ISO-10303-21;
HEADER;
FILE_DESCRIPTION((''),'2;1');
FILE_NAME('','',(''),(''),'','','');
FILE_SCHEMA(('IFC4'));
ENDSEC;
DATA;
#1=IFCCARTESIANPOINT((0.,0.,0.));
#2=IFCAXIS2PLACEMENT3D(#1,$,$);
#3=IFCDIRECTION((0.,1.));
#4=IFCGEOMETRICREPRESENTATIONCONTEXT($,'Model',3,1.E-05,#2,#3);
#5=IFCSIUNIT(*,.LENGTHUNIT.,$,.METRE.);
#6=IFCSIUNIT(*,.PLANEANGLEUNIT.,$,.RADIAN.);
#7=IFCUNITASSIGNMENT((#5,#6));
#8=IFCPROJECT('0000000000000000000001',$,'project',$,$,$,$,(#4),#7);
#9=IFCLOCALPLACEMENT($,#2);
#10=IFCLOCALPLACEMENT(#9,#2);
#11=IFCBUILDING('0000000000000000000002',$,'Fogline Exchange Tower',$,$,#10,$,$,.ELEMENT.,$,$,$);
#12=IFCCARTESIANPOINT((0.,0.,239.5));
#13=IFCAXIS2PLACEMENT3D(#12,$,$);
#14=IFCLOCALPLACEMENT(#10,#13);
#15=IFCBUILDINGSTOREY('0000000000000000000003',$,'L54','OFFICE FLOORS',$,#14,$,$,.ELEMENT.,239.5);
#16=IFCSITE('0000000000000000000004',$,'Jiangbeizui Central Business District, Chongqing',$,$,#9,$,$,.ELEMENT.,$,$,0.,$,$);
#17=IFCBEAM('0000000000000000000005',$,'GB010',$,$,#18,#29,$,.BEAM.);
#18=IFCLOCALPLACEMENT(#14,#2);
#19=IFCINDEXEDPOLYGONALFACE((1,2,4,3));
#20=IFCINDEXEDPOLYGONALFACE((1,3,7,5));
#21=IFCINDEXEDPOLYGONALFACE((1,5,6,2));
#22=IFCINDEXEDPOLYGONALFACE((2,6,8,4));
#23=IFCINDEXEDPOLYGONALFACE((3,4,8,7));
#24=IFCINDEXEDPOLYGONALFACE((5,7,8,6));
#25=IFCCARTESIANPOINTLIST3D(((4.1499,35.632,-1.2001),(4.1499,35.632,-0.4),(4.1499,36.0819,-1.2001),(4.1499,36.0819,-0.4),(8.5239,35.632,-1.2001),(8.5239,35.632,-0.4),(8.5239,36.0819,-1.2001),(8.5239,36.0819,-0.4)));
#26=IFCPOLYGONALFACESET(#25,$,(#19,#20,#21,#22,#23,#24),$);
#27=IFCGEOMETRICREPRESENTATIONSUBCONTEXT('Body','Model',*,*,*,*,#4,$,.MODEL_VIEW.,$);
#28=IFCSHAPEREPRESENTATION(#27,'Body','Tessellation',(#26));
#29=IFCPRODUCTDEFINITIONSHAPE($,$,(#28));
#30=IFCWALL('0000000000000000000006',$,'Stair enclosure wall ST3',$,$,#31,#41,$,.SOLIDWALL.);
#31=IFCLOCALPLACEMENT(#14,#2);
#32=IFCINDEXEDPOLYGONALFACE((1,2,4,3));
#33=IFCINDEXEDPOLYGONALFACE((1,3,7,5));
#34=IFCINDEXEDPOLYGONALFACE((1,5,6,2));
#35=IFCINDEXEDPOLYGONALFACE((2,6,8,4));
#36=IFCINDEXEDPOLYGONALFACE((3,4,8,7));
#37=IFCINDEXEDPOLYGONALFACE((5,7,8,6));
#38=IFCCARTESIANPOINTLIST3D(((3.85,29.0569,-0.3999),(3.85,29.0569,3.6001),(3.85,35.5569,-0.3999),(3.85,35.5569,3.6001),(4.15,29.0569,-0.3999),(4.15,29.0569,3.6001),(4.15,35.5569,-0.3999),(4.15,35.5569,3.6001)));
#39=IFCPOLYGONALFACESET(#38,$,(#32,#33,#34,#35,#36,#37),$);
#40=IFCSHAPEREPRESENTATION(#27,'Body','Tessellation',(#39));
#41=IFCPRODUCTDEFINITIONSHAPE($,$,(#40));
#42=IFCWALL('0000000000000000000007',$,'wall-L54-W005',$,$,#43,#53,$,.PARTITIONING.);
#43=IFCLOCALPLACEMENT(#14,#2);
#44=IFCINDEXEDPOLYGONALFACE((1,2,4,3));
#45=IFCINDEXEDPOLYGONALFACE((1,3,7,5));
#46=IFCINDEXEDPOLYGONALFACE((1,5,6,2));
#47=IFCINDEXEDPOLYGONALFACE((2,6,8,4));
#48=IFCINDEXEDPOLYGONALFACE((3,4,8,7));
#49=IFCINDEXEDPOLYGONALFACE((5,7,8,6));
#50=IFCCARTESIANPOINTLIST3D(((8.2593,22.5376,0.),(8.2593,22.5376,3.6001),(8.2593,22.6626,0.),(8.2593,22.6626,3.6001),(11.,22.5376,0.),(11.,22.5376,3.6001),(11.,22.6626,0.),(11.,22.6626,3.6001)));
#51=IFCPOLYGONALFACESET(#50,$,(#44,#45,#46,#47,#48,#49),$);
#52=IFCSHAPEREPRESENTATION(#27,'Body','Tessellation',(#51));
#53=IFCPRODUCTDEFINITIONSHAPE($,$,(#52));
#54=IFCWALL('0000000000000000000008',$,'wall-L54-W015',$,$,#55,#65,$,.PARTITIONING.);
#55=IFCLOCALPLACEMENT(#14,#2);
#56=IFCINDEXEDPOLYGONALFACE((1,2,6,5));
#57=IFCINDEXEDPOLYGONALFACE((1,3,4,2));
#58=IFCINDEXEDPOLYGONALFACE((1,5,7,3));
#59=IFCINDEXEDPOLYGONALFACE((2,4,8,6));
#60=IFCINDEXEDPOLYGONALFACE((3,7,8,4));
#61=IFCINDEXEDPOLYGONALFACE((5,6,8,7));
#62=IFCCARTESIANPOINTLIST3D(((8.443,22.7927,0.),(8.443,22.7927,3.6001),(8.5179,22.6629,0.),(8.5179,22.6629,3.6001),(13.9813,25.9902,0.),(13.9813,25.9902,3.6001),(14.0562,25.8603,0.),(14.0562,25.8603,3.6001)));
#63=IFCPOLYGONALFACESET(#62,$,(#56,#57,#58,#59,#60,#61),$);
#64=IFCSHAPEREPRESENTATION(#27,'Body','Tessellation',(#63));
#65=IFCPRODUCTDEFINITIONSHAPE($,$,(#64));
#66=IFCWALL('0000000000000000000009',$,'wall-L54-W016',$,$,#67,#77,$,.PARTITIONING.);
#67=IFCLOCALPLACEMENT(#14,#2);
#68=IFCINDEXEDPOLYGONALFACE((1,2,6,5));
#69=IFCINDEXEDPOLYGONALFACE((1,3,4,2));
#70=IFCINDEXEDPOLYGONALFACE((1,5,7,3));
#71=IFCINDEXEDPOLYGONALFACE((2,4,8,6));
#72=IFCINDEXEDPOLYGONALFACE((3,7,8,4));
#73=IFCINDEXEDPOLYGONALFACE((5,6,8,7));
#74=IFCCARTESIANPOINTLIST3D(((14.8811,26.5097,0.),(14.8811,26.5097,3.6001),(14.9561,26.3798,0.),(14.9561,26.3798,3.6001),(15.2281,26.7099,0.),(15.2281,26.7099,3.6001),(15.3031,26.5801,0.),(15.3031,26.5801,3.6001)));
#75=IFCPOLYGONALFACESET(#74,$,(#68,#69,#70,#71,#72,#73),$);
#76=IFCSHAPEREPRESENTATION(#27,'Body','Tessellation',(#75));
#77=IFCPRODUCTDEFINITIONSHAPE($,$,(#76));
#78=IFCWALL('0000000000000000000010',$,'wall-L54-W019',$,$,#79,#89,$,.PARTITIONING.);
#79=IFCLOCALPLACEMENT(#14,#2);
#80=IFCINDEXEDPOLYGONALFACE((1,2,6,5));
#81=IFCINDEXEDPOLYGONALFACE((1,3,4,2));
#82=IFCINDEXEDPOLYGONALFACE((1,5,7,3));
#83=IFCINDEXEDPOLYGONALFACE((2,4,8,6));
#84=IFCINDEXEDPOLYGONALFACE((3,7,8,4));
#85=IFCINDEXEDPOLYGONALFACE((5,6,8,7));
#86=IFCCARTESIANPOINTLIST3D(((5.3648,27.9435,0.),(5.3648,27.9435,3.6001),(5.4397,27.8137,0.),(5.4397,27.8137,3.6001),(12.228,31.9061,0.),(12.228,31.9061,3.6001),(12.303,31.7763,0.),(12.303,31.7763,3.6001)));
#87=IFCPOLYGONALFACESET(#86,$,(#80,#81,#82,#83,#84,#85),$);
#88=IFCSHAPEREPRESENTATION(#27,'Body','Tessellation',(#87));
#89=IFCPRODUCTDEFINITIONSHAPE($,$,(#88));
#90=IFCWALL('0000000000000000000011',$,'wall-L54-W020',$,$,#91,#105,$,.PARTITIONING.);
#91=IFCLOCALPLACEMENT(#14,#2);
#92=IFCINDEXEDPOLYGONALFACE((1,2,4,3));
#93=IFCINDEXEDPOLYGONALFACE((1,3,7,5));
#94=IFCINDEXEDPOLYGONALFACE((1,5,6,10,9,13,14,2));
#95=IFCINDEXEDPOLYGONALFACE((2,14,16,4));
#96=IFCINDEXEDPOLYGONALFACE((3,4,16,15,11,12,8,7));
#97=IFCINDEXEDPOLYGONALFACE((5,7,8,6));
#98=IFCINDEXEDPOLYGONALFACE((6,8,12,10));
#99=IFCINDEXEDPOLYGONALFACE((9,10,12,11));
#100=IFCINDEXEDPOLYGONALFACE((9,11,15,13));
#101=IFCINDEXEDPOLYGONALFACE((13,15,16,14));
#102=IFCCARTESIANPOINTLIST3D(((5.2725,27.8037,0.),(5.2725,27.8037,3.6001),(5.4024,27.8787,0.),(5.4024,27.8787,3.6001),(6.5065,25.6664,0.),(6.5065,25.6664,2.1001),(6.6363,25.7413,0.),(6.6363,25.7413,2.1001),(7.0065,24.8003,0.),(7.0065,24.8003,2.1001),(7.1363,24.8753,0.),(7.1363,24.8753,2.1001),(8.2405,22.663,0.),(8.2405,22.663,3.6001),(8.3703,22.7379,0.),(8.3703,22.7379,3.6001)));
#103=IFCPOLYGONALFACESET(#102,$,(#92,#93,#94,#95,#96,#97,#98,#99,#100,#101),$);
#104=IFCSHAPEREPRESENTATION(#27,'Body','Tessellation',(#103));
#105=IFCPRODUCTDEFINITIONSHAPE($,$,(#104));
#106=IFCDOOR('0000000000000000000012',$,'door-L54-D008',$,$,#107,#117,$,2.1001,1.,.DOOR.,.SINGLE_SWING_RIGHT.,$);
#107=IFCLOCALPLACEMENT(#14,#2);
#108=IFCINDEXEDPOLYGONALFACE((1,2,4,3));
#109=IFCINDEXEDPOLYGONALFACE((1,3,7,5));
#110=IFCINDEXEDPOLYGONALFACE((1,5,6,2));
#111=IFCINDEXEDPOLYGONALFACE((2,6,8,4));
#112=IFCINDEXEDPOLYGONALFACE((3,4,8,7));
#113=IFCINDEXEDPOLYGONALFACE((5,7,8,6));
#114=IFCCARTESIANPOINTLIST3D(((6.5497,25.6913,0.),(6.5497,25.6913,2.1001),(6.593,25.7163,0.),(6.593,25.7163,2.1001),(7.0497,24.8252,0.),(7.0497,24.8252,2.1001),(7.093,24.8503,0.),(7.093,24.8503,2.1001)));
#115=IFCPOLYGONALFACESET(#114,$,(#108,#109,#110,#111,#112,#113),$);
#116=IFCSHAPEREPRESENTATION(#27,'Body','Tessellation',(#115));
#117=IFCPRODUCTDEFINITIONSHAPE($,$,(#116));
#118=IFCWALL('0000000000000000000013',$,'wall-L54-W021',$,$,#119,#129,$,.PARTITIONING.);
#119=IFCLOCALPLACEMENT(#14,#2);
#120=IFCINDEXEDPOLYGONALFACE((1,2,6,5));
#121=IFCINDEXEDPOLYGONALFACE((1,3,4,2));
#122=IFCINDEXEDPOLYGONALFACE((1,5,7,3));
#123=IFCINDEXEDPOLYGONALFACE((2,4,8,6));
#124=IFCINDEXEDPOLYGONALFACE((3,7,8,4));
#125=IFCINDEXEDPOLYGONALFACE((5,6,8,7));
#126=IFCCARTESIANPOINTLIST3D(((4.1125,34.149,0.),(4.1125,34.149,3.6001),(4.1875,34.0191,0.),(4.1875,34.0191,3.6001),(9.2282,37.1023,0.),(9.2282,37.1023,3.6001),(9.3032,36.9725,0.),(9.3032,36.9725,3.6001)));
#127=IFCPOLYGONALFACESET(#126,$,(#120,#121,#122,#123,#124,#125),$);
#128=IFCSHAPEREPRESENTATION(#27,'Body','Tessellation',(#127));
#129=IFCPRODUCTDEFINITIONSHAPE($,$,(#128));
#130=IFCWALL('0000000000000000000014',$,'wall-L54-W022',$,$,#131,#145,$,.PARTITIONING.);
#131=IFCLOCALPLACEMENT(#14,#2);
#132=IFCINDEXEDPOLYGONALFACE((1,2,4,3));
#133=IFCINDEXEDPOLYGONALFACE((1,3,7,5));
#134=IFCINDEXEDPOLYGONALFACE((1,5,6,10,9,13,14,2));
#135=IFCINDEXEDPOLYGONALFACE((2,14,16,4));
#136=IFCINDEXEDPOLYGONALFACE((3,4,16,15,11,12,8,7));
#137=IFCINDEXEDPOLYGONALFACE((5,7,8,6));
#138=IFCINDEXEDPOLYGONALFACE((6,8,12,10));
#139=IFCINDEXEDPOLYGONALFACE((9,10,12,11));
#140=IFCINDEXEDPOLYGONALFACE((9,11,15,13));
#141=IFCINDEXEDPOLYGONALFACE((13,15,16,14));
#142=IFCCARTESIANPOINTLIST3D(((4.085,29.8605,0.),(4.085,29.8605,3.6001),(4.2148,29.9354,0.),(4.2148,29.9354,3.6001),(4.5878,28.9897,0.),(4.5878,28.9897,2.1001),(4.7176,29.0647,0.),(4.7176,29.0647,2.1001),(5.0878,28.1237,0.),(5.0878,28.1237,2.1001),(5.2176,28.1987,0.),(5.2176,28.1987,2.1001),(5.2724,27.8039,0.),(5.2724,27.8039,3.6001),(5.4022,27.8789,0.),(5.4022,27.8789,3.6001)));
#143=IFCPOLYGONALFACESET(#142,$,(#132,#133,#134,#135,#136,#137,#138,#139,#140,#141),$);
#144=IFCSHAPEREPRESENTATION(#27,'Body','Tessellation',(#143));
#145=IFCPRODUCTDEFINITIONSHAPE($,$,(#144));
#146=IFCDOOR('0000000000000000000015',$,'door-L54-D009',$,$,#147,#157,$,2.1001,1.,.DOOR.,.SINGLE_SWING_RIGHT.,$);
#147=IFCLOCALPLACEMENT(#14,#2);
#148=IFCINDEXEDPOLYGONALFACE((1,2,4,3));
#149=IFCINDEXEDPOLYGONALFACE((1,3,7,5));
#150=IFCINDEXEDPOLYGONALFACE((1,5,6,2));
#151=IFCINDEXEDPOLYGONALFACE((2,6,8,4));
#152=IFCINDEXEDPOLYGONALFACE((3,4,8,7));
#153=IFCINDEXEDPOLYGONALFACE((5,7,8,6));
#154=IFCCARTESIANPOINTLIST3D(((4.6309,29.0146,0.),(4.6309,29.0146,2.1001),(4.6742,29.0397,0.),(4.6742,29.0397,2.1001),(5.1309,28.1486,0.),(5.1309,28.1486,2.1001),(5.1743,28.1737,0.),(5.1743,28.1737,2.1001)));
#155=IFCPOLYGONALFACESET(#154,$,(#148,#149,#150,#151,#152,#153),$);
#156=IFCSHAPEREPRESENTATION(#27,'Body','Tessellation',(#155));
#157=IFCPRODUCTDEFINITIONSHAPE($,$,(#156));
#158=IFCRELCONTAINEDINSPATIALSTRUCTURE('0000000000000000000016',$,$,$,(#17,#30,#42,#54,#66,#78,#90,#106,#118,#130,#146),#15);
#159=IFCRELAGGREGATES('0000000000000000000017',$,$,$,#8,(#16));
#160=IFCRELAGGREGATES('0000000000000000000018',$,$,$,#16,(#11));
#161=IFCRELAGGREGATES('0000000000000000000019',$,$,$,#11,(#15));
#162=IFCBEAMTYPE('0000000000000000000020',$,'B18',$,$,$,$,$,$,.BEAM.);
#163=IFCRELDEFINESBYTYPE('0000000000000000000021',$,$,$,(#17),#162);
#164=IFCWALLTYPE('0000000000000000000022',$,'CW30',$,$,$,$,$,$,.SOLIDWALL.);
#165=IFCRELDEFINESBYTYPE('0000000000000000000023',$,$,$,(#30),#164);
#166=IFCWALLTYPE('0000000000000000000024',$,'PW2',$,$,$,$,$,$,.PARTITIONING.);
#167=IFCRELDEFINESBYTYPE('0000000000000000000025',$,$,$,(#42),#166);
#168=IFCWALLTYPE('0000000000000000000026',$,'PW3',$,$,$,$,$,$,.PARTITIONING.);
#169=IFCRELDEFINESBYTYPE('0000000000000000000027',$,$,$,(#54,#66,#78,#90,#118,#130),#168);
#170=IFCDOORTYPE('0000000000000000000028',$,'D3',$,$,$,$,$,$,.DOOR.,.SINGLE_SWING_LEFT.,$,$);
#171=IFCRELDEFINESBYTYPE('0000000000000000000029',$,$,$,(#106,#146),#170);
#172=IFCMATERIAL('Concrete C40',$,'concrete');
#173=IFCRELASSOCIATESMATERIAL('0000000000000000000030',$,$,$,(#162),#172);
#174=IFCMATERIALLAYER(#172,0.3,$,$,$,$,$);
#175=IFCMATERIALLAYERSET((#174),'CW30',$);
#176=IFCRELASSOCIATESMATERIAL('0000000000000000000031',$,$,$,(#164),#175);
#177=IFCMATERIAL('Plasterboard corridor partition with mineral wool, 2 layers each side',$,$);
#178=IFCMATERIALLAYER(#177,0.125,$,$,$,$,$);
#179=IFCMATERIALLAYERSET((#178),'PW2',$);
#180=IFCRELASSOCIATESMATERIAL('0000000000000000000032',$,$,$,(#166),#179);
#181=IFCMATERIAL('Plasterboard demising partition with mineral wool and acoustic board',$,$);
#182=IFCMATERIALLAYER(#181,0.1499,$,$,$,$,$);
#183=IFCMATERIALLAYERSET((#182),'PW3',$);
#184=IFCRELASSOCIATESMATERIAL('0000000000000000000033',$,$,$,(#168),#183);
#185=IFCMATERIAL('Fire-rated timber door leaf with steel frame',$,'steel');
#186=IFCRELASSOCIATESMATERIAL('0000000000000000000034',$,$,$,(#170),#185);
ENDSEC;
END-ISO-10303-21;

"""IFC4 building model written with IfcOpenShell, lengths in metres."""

from ifc_helpers import new_model, si_unit, direction, frame, frame_2d, origin, origin_2d, place, context, subcontext, project, spatial, rectangle, extrude, material, layer, layer_set, material_profile, profile_set, type_object, element, fill, save


model = new_model("IFC4")

# Units and contexts
model_context = context("Model", 3, precision=1e-05, world=origin(), true_north=direction((0.0, 1.0)))
body_context = subcontext(model_context, "Body", "Model", "MODEL_VIEW")
ifc_project = project(units=[si_unit("LENGTHUNIT", "METRE"), si_unit("PLANEANGLEUNIT", "RADIAN")], contexts=[model_context])

# Site, building, storey
site_placement = place(None, origin())
site = spatial("IfcSite", under=ifc_project, at=site_placement, Name="Jiangbeizui Central Business District, Chongqing", CompositionType="ELEMENT", RefElevation=0.0)
building_placement = place(site_placement, origin())
building = spatial("IfcBuilding", under=site, at=building_placement, Name="Fogline Exchange Tower", CompositionType="ELEMENT")
storey_placement = place(building_placement, frame((0.0, 0.0, 239.5)))
storey = spatial("IfcBuildingStorey", under=building, at=storey_placement, Name="L54", Description="OFFICE FLOORS", CompositionType="ELEMENT", Elevation=239.5)

# Beam
ifc_material_1 = material(Name="Concrete C40", Category="concrete")
ifc_material_profile_1 = material_profile(ifc_material_1, rectangle(XDim=0.45, YDim=0.8, at=origin_2d()), Name="RC 450x800")
ifc_profile_set_1 = profile_set([ifc_material_profile_1], Name="Concrete C40")
beam_type_1 = type_object("IfcBeamType", Name="B18", PredefinedType="BEAM", material=ifc_profile_set_1)
beam_1_placement = place(storey_placement, frame((4.1499, 35.8569, -0.8), z_axis=(1.0, 0.0, 0.0), x_axis=(0.0, 1.0, 0.0)))
element("IfcBeam", 1, at=beam_1_placement, inside=storey, type_object=beam_type_1, Name="GB010", PredefinedType="BEAM", context=body_context, shape_type="SweptSolid", body=[
    extrude(rectangle(XDim=0.45, YDim=0.8, at=origin_2d()), origin(), (0.0, 0.0, 1.0), 4.374),
])

# Wall
ifc_layer_1 = layer(ifc_material_1, 0.3)
ifc_layer_set_1 = layer_set([ifc_layer_1], Name="CW30")
wall_type_1 = type_object("IfcWallType", Name="CW30", PredefinedType="SOLIDWALL", material=ifc_layer_set_1)
wall_1_placement = place(storey_placement, frame((4.0, 29.0569, -0.3999), z_axis=(0.0, 0.0, 1.0), x_axis=(0.0, 1.0, 0.0)))
element("IfcWall", 2, at=wall_1_placement, inside=storey, type_object=wall_type_1, Name="Stair enclosure wall ST3", PredefinedType="SOLIDWALL", context=body_context, shape_type="SweptSolid", body=[
    extrude(rectangle(XDim=6.5, YDim=0.3, at=frame_2d((3.25, 0.0))), origin(), (0.0, 0.0, 1.0), 4.0),
])

# Walls
ifc_material_2 = material(Name="Plasterboard corridor partition with mineral wool, 2 layers each side")
ifc_layer_2 = layer(ifc_material_2, 0.125)
ifc_layer_set_2 = layer_set([ifc_layer_2], Name="PW2")
wall_type_2 = type_object("IfcWallType", Name="PW2", PredefinedType="PARTITIONING", material=ifc_layer_set_2)
wall_2_placement = place(storey_placement, frame((8.2593, 22.6001, 0.0), z_axis=(0.0, 0.0, 1.0), x_axis=(1.0, 0.0, 0.0)))
element("IfcWall", 3, at=wall_2_placement, inside=storey, type_object=wall_type_2, Name="wall-L54-W005", PredefinedType="PARTITIONING", context=body_context, shape_type="SweptSolid", body=[
    extrude(rectangle(XDim=2.7407, YDim=0.125, at=frame_2d((1.3704, 0.0))), origin(), (0.0, 0.0, 1.0), 3.6001),
])
ifc_material_3 = material(Name="Plasterboard demising partition with mineral wool and acoustic board")
ifc_layer_3 = layer(ifc_material_3, 0.1499)
ifc_layer_set_3 = layer_set([ifc_layer_3], Name="PW3")
wall_type_3 = type_object("IfcWallType", Name="PW3", PredefinedType="PARTITIONING", material=ifc_layer_set_3)
wall_3_placement = place(storey_placement, frame((8.4805, 22.7278, 0.0), z_axis=(0.0, 0.0, 1.0), x_axis=(0.866029, 0.499995, 0.0)))
element("IfcWall", 4, at=wall_3_placement, inside=storey, type_object=wall_type_3, Name="wall-L54-W015", PredefinedType="PARTITIONING", context=body_context, shape_type="SweptSolid", body=[
    extrude(rectangle(XDim=6.395, YDim=0.1499, at=frame_2d((3.1975, 0.0))), origin(), (0.0, 0.0, 1.0), 3.6001),
])
wall_4_placement = place(storey_placement, frame((14.9187, 26.4448, 0.0), z_axis=(0.0, 0.0, 1.0), x_axis=(0.866135, 0.49981, 0.0)))
element("IfcWall", 5, at=wall_4_placement, inside=storey, type_object=wall_type_3, Name="wall-L54-W016", PredefinedType="PARTITIONING", context=body_context, shape_type="SweptSolid", body=[
    extrude(rectangle(XDim=0.4006, YDim=0.1499, at=frame_2d((0.2002, 0.0))), origin(), (0.0, 0.0, 1.0), 3.6001),
])
wall_5_placement = place(storey_placement, frame((5.4023, 27.8787, 0.0), z_axis=(0.0, 0.0, 1.0), x_axis=(0.866018, 0.500012, 0.0)))
element("IfcWall", 6, at=wall_5_placement, inside=storey, type_object=wall_type_3, Name="wall-L54-W019", PredefinedType="PARTITIONING", context=body_context, shape_type="SweptSolid", body=[
    extrude(rectangle(XDim=7.925, YDim=0.1499, at=frame_2d((3.9624, 0.0))), origin(), (0.0, 0.0, 1.0), 3.6001),
])

# Wall, opening, door
wall_6_placement = place(storey_placement, frame((8.3054, 22.7004, 0.0), z_axis=(0.0, 0.0, 1.0), x_axis=(-0.499992, 0.86603, 0.0)))
wall_6 = element("IfcWall", 7, at=wall_6_placement, inside=storey, type_object=wall_type_3, Name="wall-L54-W020", PredefinedType="PARTITIONING", context=body_context, shape_type="SweptSolid", body=[
    extrude(rectangle(XDim=5.936, YDim=0.1499, at=frame_2d((2.968, 0.0))), origin(), (0.0, 0.0, 1.0), 3.6001),
])
opening_1_placement = place(wall_6_placement, frame((2.468, 0.0, 0.0)))
opening_1 = element("IfcOpeningElement", 8, at=opening_1_placement, cuts=wall_6, PredefinedType="OPENING", context=body_context, shape_type="SweptSolid", body=[
    extrude(rectangle(XDim=1.0, YDim=2.1001, at=frame_2d((0.5, 1.05))), frame((0.0, 0.085, 0.0), z_axis=(0.0, -1.0, 0.0), x_axis=(1.0, 0.0, 0.0)), (0.0, 0.0, 1.0), 0.1699),
])
ifc_material_4 = material(Name="Fire-rated timber door leaf with steel frame", Category="steel")
door_type_1 = type_object("IfcDoorType", Name="D3", OperationType="SINGLE_SWING_LEFT", PredefinedType="DOOR", material=ifc_material_4)
door_1_placement = place(opening_1_placement, frame((1.0, 0.0, 0.0), z_axis=(0.0, 0.0, 1.0), x_axis=(-1.0, 0.0, 0.0)))
door_1 = element("IfcDoor", 9, at=door_1_placement, inside=storey, type_object=door_type_1, Name="door-L54-D008", OperationType="SINGLE_SWING_RIGHT", OverallHeight=2.1001, OverallWidth=1.0, PredefinedType="DOOR", context=body_context, shape_type="SweptSolid", body=[
    extrude(rectangle(XDim=1.0, YDim=2.1001, at=frame_2d((0.5, 1.05))), frame((0.0, 0.0249, 0.0), z_axis=(0.0, -1.0, 0.0), x_axis=(1.0, 0.0, 0.0)), (0.0, 0.0, 1.0), 0.05),
])
fill(opening_1, door_1)

# Wall
wall_7_placement = place(storey_placement, frame((4.1499, 34.084, 0.0), z_axis=(0.0, 0.0, 1.0), x_axis=(0.86604, 0.499975, 0.0)))
element("IfcWall", 10, at=wall_7_placement, inside=storey, type_object=wall_type_3, Name="wall-L54-W021", PredefinedType="PARTITIONING", context=body_context, shape_type="SweptSolid", body=[
    extrude(rectangle(XDim=5.907, YDim=0.1499, at=frame_2d((2.9536, 0.0))), origin(), (0.0, 0.0, 1.0), 3.6001),
])

# Wall, opening, door
wall_8_placement = place(storey_placement, frame((5.3374, 27.8413, 0.0), z_axis=(0.0, 0.0, 1.0), x_axis=(-0.500031, 0.866008, 0.0)))
wall_8 = element("IfcWall", 11, at=wall_8_placement, inside=storey, type_object=wall_type_3, Name="wall-L54-W022", PredefinedType="PARTITIONING", context=body_context, shape_type="SweptSolid", body=[
    extrude(rectangle(XDim=2.3748, YDim=0.1499, at=frame_2d((1.1875, 0.0))), origin(), (0.0, 0.0, 1.0), 3.6001),
])
opening_2_placement = place(wall_8_placement, frame((0.3694, 0.0, 0.0)))
opening_2 = element("IfcOpeningElement", 12, at=opening_2_placement, cuts=wall_8, PredefinedType="OPENING", context=body_context, shape_type="SweptSolid", body=[
    extrude(rectangle(XDim=1.0, YDim=2.1001, at=frame_2d((0.5, 1.05))), frame((0.0, 0.085, 0.0), z_axis=(0.0, -1.0, 0.0), x_axis=(1.0, 0.0, 0.0)), (0.0, 0.0, 1.0), 0.1699),
])
door_2_placement = place(opening_2_placement, frame((1.0, 0.0, 0.0), z_axis=(0.0, 0.0, 1.0), x_axis=(-1.0, 0.0, 0.0)))
door_2 = element("IfcDoor", 13, at=door_2_placement, inside=storey, type_object=door_type_1, Name="door-L54-D009", OperationType="SINGLE_SWING_RIGHT", OverallHeight=2.1001, OverallWidth=1.0, PredefinedType="DOOR", context=body_context, shape_type="SweptSolid", body=[
    extrude(rectangle(XDim=1.0, YDim=2.1001, at=frame_2d((0.5, 1.05))), frame((0.0, 0.0249, 0.0), z_axis=(0.0, -1.0, 0.0), x_axis=(1.0, 0.0, 0.0)), (0.0, 0.0, 1.0), 0.05),
])
fill(opening_2, door_2)

save(model, "model.ifc")
